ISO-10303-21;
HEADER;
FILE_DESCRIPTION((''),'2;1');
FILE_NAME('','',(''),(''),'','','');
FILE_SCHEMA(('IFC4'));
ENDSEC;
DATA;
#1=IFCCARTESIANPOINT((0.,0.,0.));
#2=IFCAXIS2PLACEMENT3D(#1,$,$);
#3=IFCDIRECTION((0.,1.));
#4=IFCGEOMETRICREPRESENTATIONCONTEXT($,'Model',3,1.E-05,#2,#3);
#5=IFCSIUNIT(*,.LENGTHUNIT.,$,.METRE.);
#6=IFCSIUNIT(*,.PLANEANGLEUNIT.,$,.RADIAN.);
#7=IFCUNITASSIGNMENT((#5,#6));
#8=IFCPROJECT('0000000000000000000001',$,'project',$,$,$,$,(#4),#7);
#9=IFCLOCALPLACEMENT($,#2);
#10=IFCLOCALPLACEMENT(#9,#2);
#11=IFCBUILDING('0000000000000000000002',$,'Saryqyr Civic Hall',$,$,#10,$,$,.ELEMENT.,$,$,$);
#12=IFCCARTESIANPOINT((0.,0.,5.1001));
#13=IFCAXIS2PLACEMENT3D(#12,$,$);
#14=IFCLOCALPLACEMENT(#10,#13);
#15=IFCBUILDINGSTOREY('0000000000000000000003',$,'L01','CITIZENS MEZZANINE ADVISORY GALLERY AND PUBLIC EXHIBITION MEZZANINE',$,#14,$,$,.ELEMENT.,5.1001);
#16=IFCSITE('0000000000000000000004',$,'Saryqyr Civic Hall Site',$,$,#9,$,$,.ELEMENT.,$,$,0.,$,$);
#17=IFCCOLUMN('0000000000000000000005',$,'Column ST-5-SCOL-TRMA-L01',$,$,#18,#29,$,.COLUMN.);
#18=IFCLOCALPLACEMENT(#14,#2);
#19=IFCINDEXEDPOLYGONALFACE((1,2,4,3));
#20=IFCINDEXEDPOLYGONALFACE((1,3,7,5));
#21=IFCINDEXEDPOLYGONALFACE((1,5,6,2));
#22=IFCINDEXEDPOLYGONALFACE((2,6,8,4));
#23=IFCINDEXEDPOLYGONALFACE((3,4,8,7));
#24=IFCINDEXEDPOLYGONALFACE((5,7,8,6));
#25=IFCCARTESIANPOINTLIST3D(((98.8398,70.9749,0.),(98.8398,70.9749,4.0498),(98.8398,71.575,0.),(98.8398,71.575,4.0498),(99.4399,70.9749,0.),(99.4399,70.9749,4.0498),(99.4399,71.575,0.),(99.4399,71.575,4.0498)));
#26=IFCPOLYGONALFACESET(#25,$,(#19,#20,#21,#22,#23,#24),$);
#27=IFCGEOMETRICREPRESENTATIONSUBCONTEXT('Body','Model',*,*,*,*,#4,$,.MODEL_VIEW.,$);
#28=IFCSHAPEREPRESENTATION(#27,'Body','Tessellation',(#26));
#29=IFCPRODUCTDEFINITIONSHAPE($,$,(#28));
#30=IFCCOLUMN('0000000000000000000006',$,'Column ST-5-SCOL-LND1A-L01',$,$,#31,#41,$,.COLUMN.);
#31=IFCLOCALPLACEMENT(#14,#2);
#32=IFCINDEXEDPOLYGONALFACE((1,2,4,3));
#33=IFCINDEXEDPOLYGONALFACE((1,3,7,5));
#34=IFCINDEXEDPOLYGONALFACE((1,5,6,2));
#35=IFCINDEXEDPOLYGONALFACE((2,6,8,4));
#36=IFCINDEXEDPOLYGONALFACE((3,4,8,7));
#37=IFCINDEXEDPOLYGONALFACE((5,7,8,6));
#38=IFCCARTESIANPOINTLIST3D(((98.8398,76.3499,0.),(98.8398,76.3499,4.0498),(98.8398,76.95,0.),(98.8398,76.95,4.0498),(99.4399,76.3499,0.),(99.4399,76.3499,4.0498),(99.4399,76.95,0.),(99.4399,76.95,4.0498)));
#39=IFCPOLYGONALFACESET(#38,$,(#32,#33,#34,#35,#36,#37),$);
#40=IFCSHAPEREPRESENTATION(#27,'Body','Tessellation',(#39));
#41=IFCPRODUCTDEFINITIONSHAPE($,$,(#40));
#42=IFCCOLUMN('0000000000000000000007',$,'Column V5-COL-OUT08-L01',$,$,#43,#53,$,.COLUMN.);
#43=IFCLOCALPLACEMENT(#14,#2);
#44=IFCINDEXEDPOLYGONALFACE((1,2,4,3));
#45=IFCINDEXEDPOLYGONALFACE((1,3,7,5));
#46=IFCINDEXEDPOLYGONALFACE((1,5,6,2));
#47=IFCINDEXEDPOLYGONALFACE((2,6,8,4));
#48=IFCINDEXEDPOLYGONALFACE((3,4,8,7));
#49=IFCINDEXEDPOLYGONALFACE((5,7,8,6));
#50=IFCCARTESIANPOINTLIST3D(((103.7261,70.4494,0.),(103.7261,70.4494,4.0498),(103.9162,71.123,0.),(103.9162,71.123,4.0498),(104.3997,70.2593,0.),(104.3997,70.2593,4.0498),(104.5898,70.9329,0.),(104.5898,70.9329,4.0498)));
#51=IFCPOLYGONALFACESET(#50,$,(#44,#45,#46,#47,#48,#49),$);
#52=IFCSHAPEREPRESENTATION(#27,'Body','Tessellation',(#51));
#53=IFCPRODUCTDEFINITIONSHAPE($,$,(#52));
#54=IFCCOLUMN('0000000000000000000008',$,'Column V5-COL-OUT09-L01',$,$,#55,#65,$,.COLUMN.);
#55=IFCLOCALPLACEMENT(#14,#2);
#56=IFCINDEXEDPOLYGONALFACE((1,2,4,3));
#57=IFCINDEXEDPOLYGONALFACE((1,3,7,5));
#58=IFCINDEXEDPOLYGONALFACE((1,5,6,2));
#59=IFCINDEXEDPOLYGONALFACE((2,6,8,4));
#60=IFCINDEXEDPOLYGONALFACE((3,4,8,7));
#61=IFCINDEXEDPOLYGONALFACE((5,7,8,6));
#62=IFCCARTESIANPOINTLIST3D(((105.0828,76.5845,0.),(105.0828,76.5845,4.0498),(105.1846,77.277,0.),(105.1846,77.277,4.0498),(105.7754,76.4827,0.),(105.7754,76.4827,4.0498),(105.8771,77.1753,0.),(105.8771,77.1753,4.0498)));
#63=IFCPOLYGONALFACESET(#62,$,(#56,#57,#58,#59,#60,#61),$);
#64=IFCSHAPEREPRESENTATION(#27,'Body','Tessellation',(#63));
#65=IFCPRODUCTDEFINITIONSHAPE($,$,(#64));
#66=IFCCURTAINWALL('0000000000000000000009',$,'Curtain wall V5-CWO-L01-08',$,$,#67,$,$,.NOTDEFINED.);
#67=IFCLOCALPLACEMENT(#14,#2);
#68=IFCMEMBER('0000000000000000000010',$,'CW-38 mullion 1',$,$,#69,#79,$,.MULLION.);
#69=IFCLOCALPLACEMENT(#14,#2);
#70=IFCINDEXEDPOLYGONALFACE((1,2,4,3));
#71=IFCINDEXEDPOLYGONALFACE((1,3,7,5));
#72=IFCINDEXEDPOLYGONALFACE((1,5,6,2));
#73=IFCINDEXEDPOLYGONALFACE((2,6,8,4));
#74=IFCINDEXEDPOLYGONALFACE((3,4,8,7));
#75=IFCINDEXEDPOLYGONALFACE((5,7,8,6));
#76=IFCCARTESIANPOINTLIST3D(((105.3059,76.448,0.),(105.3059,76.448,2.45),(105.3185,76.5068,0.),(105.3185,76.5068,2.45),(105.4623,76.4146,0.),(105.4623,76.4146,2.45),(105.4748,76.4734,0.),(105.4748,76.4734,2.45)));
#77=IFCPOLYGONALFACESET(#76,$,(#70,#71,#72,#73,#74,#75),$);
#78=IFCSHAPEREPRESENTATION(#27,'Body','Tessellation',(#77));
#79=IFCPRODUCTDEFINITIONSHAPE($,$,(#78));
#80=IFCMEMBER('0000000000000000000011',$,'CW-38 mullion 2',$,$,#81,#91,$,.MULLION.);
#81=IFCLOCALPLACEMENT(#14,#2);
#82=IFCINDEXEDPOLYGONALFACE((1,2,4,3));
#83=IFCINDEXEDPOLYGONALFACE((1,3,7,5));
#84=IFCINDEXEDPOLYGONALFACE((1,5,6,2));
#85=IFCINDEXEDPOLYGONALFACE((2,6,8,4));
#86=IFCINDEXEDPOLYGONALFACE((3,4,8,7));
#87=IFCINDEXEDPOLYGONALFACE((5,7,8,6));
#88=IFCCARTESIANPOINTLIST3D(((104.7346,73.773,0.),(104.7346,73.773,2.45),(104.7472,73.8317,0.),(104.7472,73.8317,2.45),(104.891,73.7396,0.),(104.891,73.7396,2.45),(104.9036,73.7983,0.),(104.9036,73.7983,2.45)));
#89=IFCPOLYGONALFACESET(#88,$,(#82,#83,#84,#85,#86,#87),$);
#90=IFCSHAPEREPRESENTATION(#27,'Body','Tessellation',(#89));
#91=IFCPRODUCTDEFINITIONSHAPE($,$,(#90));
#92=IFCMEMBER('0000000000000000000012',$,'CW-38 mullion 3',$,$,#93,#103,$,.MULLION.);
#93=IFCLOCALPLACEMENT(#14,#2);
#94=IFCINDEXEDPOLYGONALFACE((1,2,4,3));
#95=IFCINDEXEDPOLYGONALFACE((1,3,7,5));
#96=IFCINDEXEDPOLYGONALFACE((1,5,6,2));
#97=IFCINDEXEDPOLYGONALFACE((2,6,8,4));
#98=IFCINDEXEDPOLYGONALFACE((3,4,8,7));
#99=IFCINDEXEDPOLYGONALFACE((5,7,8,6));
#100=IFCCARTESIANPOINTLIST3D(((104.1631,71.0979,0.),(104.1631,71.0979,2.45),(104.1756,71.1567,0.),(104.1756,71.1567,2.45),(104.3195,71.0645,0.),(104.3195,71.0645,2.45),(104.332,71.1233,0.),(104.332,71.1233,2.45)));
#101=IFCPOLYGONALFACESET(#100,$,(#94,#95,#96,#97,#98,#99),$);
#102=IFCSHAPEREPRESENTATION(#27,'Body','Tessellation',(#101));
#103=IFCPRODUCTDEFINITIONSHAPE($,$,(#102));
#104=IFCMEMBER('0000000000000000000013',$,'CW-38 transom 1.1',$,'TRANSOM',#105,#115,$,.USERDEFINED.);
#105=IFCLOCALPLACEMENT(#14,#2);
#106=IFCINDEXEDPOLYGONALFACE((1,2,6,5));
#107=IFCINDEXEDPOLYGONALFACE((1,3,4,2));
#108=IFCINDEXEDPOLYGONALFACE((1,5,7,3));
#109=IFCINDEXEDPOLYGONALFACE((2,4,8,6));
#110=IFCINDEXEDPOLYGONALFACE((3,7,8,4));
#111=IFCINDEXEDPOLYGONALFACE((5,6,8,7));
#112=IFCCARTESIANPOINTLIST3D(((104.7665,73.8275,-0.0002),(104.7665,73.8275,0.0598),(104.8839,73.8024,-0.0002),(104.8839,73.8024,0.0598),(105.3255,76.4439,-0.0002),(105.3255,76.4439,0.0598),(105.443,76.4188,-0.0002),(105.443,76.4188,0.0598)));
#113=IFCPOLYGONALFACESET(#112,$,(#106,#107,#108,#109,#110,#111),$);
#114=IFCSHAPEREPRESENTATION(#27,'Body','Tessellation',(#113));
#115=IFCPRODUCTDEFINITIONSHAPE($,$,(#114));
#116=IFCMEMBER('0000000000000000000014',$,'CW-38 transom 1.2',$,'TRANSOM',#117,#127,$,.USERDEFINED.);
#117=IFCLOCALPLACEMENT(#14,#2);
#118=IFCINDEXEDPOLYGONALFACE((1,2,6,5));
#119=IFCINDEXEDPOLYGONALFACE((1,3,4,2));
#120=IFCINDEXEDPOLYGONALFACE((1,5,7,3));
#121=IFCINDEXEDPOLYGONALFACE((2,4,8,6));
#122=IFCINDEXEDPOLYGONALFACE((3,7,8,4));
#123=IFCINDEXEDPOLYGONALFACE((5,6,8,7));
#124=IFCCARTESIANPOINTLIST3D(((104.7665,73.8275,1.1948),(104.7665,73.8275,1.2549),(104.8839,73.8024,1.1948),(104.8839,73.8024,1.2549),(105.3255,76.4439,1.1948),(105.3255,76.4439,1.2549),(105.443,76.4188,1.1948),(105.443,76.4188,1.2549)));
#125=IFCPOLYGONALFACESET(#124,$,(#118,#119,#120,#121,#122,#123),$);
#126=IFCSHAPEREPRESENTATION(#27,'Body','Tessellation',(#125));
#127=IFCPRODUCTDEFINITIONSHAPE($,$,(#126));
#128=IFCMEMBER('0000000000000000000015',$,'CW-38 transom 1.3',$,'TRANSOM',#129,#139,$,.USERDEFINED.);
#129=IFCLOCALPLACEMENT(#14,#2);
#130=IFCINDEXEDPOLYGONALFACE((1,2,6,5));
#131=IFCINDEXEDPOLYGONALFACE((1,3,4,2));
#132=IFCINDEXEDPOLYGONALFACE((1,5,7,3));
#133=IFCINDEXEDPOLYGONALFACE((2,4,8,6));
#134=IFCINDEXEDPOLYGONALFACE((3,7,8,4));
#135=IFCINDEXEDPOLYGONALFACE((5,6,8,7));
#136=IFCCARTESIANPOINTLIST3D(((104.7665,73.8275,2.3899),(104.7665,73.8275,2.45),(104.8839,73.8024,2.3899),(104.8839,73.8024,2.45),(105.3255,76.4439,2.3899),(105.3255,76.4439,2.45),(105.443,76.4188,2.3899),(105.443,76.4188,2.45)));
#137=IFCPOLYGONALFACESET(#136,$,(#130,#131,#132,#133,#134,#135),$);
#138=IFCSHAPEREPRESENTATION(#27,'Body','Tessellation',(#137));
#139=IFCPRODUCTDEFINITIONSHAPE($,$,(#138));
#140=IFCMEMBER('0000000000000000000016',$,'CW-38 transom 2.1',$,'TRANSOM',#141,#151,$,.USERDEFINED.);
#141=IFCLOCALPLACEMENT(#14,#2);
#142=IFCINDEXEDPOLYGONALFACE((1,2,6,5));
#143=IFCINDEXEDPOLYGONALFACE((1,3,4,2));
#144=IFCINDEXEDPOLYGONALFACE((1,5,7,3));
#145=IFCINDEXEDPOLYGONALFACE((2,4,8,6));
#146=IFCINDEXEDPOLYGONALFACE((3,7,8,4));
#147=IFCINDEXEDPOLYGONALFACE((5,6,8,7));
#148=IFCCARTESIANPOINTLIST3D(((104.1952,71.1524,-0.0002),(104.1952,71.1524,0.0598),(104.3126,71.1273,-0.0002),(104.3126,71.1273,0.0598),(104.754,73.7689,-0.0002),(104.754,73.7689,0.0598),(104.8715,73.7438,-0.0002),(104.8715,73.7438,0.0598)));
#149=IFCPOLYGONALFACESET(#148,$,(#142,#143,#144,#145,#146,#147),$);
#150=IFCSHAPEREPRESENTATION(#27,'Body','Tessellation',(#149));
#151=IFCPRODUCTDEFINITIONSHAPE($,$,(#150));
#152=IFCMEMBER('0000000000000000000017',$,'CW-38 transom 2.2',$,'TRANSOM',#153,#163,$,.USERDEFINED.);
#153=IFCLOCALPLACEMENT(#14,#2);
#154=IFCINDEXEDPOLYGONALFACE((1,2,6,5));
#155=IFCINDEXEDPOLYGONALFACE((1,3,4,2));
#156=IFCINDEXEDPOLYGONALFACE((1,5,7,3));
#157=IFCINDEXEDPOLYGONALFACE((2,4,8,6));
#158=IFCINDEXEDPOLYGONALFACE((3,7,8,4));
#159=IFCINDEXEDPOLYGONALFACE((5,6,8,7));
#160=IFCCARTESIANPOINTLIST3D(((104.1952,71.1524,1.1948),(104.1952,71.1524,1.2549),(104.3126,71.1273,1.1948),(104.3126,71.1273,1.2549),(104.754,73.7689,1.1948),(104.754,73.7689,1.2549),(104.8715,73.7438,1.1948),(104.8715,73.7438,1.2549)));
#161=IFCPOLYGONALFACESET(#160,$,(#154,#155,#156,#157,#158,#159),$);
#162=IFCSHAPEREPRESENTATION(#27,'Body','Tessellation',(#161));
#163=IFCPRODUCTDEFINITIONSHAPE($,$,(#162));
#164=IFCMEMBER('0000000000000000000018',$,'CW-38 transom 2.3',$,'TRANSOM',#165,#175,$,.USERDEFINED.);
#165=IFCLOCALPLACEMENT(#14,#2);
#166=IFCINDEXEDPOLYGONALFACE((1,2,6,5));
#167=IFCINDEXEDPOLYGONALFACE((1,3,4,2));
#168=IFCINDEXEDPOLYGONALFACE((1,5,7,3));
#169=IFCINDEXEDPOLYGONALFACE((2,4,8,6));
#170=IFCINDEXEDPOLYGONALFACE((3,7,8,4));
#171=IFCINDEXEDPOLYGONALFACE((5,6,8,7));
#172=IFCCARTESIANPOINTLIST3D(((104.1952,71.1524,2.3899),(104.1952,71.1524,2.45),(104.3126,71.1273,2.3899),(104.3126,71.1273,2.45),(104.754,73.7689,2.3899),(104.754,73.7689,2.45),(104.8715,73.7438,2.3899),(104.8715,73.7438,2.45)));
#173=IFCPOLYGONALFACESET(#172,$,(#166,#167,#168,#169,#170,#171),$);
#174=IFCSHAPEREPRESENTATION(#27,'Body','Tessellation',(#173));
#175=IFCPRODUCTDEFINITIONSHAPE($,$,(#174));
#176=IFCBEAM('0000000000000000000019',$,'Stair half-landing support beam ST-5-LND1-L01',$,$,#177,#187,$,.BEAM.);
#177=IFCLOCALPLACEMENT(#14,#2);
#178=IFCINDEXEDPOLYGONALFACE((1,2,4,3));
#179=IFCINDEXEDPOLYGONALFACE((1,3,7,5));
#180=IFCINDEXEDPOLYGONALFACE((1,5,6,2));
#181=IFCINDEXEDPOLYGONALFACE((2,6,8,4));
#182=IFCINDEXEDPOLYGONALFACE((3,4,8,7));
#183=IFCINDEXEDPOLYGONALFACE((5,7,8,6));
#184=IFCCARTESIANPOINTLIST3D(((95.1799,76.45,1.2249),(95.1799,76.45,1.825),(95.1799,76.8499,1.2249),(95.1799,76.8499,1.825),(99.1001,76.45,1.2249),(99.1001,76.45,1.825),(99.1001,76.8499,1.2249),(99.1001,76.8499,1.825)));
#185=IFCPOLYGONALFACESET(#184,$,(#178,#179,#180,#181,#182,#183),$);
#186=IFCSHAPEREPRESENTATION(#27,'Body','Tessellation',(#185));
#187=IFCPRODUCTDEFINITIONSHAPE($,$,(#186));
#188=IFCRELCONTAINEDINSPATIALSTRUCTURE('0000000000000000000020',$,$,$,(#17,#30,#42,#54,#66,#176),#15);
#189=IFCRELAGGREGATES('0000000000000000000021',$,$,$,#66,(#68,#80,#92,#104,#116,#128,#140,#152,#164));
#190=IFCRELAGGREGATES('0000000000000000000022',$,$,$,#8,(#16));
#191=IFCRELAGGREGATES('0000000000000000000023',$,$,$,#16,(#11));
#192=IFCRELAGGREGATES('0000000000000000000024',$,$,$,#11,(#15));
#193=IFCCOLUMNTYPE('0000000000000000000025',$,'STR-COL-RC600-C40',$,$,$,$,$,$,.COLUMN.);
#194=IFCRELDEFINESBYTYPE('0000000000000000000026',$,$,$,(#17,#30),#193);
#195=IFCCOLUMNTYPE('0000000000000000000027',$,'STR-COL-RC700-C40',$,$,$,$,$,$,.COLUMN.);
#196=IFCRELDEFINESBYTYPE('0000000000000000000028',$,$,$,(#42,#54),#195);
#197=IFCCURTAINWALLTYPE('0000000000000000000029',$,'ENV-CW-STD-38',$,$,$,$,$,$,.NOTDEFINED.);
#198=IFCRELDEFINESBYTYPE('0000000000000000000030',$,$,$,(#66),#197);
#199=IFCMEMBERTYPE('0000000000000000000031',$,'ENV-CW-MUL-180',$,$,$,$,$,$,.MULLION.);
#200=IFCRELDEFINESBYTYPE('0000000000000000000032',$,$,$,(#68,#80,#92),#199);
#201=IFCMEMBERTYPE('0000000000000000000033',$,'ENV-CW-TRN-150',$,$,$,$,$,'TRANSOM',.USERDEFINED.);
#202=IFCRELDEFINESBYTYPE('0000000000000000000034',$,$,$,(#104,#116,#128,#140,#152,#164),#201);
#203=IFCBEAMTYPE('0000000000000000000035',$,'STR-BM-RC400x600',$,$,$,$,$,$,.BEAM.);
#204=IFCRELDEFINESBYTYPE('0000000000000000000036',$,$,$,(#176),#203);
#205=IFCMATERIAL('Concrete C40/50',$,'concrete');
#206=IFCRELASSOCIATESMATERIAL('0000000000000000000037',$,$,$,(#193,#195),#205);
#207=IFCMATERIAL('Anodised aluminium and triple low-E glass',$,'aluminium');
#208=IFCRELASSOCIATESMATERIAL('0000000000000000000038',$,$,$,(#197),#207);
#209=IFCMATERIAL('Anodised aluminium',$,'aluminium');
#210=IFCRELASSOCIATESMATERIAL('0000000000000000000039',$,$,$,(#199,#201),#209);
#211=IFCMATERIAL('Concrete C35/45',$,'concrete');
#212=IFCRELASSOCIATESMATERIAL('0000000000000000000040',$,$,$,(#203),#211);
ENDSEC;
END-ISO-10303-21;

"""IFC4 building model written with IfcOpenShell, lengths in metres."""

from ifc_helpers import new_model, si_unit, direction, frame, origin, origin_2d, place, context, subcontext, project, spatial, rectangle, extrude, material, material_profile, profile_set, type_object, element, aggregate, save


model = new_model("IFC4")

# Units and contexts
model_context = context("Model", 3, precision=1e-05, world=origin(), true_north=direction((0.0, 1.0)))
body_context = subcontext(model_context, "Body", "Model", "MODEL_VIEW")
ifc_project = project(units=[si_unit("LENGTHUNIT", "METRE"), si_unit("PLANEANGLEUNIT", "RADIAN")], contexts=[model_context])

# Site, building, storey
site_placement = place(None, origin())
site = spatial("IfcSite", under=ifc_project, at=site_placement, Name="Saryqyr Civic Hall Site", CompositionType="ELEMENT", RefElevation=0.0)
building_placement = place(site_placement, origin())
building = spatial("IfcBuilding", under=site, at=building_placement, Name="Saryqyr Civic Hall", CompositionType="ELEMENT")
storey_placement = place(building_placement, frame((0.0, 0.0, 5.1001)))
storey = spatial("IfcBuildingStorey", under=building, at=storey_placement, Name="L01", Description="CITIZENS MEZZANINE ADVISORY GALLERY AND PUBLIC EXHIBITION MEZZANINE", CompositionType="ELEMENT", Elevation=5.1001)

# Columns
ifc_material_1 = material(Name="Concrete C40/50", Category="concrete")
ifc_material_profile_1 = material_profile(ifc_material_1, rectangle(XDim=0.6001, YDim=0.6001, at=origin_2d()), Name="RC 600x600")
ifc_profile_set_1 = profile_set([ifc_material_profile_1], Name="Concrete C40/50")
column_type_1 = type_object("IfcColumnType", Name="STR-COL-RC600-C40", PredefinedType="COLUMN", material=ifc_profile_set_1)
for number, where, z_axis, x_axis, name in (
    (1, (99.1399, 71.2749, 0.0), (0.0, 0.0, 1.0), (1.0, 0.0, 0.0), "Column ST-5-SCOL-TRMA-L01"),
    (2, (99.1399, 76.6499, 0.0), (0.0, 0.0, 1.0), (1.0, 0.0, 0.0), "Column ST-5-SCOL-LND1A-L01"),
):
    element("IfcColumn", number, at=place(storey_placement, frame(where, z_axis=z_axis, x_axis=x_axis)), inside=storey, type_object=column_type_1, Name=name, PredefinedType="COLUMN", context=body_context, shape_type="SweptSolid", body=[
        extrude(rectangle(XDim=0.6001, YDim=0.6001, at=origin_2d()), origin(), (0.0, 0.0, 1.0), 4.0498),
    ])
ifc_material_profile_2 = material_profile(ifc_material_1, rectangle(XDim=0.7, YDim=0.7, at=origin_2d()), Name="RC 700x700")
ifc_profile_set_2 = profile_set([ifc_material_profile_2], Name="Concrete C40/50")
column_type_2 = type_object("IfcColumnType", Name="STR-COL-RC700-C40", PredefinedType="COLUMN", material=ifc_profile_set_2)
for number, where, z_axis, x_axis, name in (
    (3, (104.158, 70.6912, 0.0), (0.0, 0.0, 1.0), (0.962408, -0.271608, 0.0), "Column V5-COL-OUT08-L01"),
    (4, (105.48, 76.8799, 0.0), (0.0, 0.0, 1.0), (0.989374, -0.145392, 0.0), "Column V5-COL-OUT09-L01"),
):
    element("IfcColumn", number, at=place(storey_placement, frame(where, z_axis=z_axis, x_axis=x_axis)), inside=storey, type_object=column_type_2, Name=name, PredefinedType="COLUMN", context=body_context, shape_type="SweptSolid", body=[
        extrude(rectangle(XDim=0.7, YDim=0.7, at=origin_2d()), origin(), (0.0, 0.0, 1.0), 4.0498),
    ])

# Curtain wall, members
ifc_material_2 = material(Name="Anodised aluminium and triple low-E glass", Category="aluminium")
curtain_wall_type = type_object("IfcCurtainWallType", Name="ENV-CW-STD-38", PredefinedType="NOTDEFINED", material=ifc_material_2)
curtain_wall_placement = place(storey_placement, origin())
curtain_wall = element("IfcCurtainWall", 5, at=curtain_wall_placement, inside=storey, type_object=curtain_wall_type, Name="Curtain wall V5-CWO-L01-08", PredefinedType="NOTDEFINED")
ifc_material_3 = material(Name="Anodised aluminium", Category="aluminium")
ifc_material_profile_3 = material_profile(ifc_material_3, rectangle(XDim=0.0601, YDim=0.1599, at=origin_2d()), Name="ALU MULLION 60x160")
ifc_profile_set_3 = profile_set([ifc_material_profile_3], Name="Anodised aluminium")
member_type_1 = type_object("IfcMemberType", Name="ENV-CW-MUL-180", PredefinedType="MULLION", material=ifc_profile_set_3)
member_1_placement = place(storey_placement, frame((105.3904, 76.4607, 0.0), z_axis=(0.0, 0.0, 1.0), x_axis=(-0.208902, -0.977937, 0.0)))
member_1 = element("IfcMember", 6, at=member_1_placement, type_object=member_type_1, Name="CW-38 mullion 1", PredefinedType="MULLION", context=body_context, shape_type="SweptSolid", body=[
    extrude(rectangle(XDim=0.0601, YDim=0.1599, at=origin_2d()), origin(), (0.0, 0.0, 1.0), 2.45),
])
member_2_placement = place(storey_placement, frame((104.8191, 73.7856, 0.0), z_axis=(0.0, 0.0, 1.0), x_axis=(-0.208902, -0.977937, 0.0)))
member_2 = element("IfcMember", 7, at=member_2_placement, type_object=member_type_1, Name="CW-38 mullion 2", PredefinedType="MULLION", context=body_context, shape_type="SweptSolid", body=[
    extrude(rectangle(XDim=0.0601, YDim=0.1599, at=origin_2d()), origin(), (0.0, 0.0, 1.0), 2.45),
])
member_3_placement = place(storey_placement, frame((104.2476, 71.1106, 0.0), z_axis=(0.0, 0.0, 1.0), x_axis=(-0.208902, -0.977937, 0.0)))
member_3 = element("IfcMember", 8, at=member_3_placement, type_object=member_type_1, Name="CW-38 mullion 3", PredefinedType="MULLION", context=body_context, shape_type="SweptSolid", body=[
    extrude(rectangle(XDim=0.0601, YDim=0.1599, at=origin_2d()), origin(), (0.0, 0.0, 1.0), 2.45),
])
ifc_material_profile_4 = material_profile(ifc_material_3, rectangle(XDim=0.1201, YDim=0.0601, at=origin_2d()), Name="ALU TRANSOM 120x60")
ifc_profile_set_4 = profile_set([ifc_material_profile_4], Name="Anodised aluminium")
member_type_2 = type_object("IfcMemberType", Name="ENV-CW-TRN-150", ElementType="TRANSOM", PredefinedType="USERDEFINED", material=ifc_profile_set_4)
member_4_placement = place(storey_placement, frame((105.3843, 76.4314, 0.0298), z_axis=(-0.208962, -0.977924, 0.0), x_axis=(0.977924, -0.208962, 0.0)))
member_4 = element("IfcMember", 9, at=member_4_placement, type_object=member_type_2, Name="CW-38 transom 1.1", ObjectType="TRANSOM", PredefinedType="USERDEFINED", context=body_context, shape_type="SweptSolid", body=[
    extrude(rectangle(XDim=0.1201, YDim=0.0601, at=origin_2d()), origin(), (0.0, 0.0, 1.0), 2.6755),
])
member_5_placement = place(storey_placement, frame((105.3843, 76.4314, 1.2249), z_axis=(-0.208962, -0.977924, 0.0), x_axis=(0.977924, -0.208962, 0.0)))
member_5 = element("IfcMember", 10, at=member_5_placement, type_object=member_type_2, Name="CW-38 transom 1.2", ObjectType="TRANSOM", PredefinedType="USERDEFINED", context=body_context, shape_type="SweptSolid", body=[
    extrude(rectangle(XDim=0.1201, YDim=0.0601, at=origin_2d()), origin(), (0.0, 0.0, 1.0), 2.6755),
])
member_6_placement = place(storey_placement, frame((105.3843, 76.4314, 2.4199), z_axis=(-0.208962, -0.977924, 0.0), x_axis=(0.977924, -0.208962, 0.0)))
member_6 = element("IfcMember", 11, at=member_6_placement, type_object=member_type_2, Name="CW-38 transom 1.3", ObjectType="TRANSOM", PredefinedType="USERDEFINED", context=body_context, shape_type="SweptSolid", body=[
    extrude(rectangle(XDim=0.1201, YDim=0.0601, at=origin_2d()), origin(), (0.0, 0.0, 1.0), 2.6755),
])
member_7_placement = place(storey_placement, frame((104.8127, 73.7563, 0.0298), z_axis=(-0.208875, -0.977942, 0.0), x_axis=(0.977942, -0.208875, 0.0)))
member_7 = element("IfcMember", 12, at=member_7_placement, type_object=member_type_2, Name="CW-38 transom 2.1", ObjectType="TRANSOM", PredefinedType="USERDEFINED", context=body_context, shape_type="SweptSolid", body=[
    extrude(rectangle(XDim=0.1201, YDim=0.0601, at=origin_2d()), origin(), (0.0, 0.0, 1.0), 2.6755),
])
member_8_placement = place(storey_placement, frame((104.8127, 73.7563, 1.2249), z_axis=(-0.208875, -0.977942, 0.0), x_axis=(0.977942, -0.208875, 0.0)))
member_8 = element("IfcMember", 13, at=member_8_placement, type_object=member_type_2, Name="CW-38 transom 2.2", ObjectType="TRANSOM", PredefinedType="USERDEFINED", context=body_context, shape_type="SweptSolid", body=[
    extrude(rectangle(XDim=0.1201, YDim=0.0601, at=origin_2d()), origin(), (0.0, 0.0, 1.0), 2.6755),
])
member_9_placement = place(storey_placement, frame((104.8127, 73.7563, 2.4199), z_axis=(-0.208875, -0.977942, 0.0), x_axis=(0.977942, -0.208875, 0.0)))
member_9 = element("IfcMember", 14, at=member_9_placement, type_object=member_type_2, Name="CW-38 transom 2.3", ObjectType="TRANSOM", PredefinedType="USERDEFINED", context=body_context, shape_type="SweptSolid", body=[
    extrude(rectangle(XDim=0.1201, YDim=0.0601, at=origin_2d()), origin(), (0.0, 0.0, 1.0), 2.6755),
])

# Beam
ifc_material_4 = material(Name="Concrete C35/45", Category="concrete")
ifc_material_profile_5 = material_profile(ifc_material_4, rectangle(XDim=0.3999, YDim=0.6001, at=origin_2d()), Name="RC 400x600")
ifc_profile_set_5 = profile_set([ifc_material_profile_5], Name="Concrete C35/45")
beam_type_1 = type_object("IfcBeamType", Name="STR-BM-RC400x600", PredefinedType="BEAM", material=ifc_profile_set_5)
beam_1_placement = place(storey_placement, frame((99.1001, 76.6499, 1.5249), z_axis=(-1.0, 0.0, 0.0), x_axis=(0.0, -1.0, 0.0)))
element("IfcBeam", 15, at=beam_1_placement, inside=storey, type_object=beam_type_1, Name="Stair half-landing support beam ST-5-LND1-L01", PredefinedType="BEAM", context=body_context, shape_type="SweptSolid", body=[
    extrude(rectangle(XDim=0.3999, YDim=0.6001, at=origin_2d()), origin(), (0.0, 0.0, 1.0), 3.9202),
])

aggregate(curtain_wall, [member_1, member_2, member_3, member_4, member_5, member_6, member_7, member_8, member_9])

save(model, "model.ifc")
